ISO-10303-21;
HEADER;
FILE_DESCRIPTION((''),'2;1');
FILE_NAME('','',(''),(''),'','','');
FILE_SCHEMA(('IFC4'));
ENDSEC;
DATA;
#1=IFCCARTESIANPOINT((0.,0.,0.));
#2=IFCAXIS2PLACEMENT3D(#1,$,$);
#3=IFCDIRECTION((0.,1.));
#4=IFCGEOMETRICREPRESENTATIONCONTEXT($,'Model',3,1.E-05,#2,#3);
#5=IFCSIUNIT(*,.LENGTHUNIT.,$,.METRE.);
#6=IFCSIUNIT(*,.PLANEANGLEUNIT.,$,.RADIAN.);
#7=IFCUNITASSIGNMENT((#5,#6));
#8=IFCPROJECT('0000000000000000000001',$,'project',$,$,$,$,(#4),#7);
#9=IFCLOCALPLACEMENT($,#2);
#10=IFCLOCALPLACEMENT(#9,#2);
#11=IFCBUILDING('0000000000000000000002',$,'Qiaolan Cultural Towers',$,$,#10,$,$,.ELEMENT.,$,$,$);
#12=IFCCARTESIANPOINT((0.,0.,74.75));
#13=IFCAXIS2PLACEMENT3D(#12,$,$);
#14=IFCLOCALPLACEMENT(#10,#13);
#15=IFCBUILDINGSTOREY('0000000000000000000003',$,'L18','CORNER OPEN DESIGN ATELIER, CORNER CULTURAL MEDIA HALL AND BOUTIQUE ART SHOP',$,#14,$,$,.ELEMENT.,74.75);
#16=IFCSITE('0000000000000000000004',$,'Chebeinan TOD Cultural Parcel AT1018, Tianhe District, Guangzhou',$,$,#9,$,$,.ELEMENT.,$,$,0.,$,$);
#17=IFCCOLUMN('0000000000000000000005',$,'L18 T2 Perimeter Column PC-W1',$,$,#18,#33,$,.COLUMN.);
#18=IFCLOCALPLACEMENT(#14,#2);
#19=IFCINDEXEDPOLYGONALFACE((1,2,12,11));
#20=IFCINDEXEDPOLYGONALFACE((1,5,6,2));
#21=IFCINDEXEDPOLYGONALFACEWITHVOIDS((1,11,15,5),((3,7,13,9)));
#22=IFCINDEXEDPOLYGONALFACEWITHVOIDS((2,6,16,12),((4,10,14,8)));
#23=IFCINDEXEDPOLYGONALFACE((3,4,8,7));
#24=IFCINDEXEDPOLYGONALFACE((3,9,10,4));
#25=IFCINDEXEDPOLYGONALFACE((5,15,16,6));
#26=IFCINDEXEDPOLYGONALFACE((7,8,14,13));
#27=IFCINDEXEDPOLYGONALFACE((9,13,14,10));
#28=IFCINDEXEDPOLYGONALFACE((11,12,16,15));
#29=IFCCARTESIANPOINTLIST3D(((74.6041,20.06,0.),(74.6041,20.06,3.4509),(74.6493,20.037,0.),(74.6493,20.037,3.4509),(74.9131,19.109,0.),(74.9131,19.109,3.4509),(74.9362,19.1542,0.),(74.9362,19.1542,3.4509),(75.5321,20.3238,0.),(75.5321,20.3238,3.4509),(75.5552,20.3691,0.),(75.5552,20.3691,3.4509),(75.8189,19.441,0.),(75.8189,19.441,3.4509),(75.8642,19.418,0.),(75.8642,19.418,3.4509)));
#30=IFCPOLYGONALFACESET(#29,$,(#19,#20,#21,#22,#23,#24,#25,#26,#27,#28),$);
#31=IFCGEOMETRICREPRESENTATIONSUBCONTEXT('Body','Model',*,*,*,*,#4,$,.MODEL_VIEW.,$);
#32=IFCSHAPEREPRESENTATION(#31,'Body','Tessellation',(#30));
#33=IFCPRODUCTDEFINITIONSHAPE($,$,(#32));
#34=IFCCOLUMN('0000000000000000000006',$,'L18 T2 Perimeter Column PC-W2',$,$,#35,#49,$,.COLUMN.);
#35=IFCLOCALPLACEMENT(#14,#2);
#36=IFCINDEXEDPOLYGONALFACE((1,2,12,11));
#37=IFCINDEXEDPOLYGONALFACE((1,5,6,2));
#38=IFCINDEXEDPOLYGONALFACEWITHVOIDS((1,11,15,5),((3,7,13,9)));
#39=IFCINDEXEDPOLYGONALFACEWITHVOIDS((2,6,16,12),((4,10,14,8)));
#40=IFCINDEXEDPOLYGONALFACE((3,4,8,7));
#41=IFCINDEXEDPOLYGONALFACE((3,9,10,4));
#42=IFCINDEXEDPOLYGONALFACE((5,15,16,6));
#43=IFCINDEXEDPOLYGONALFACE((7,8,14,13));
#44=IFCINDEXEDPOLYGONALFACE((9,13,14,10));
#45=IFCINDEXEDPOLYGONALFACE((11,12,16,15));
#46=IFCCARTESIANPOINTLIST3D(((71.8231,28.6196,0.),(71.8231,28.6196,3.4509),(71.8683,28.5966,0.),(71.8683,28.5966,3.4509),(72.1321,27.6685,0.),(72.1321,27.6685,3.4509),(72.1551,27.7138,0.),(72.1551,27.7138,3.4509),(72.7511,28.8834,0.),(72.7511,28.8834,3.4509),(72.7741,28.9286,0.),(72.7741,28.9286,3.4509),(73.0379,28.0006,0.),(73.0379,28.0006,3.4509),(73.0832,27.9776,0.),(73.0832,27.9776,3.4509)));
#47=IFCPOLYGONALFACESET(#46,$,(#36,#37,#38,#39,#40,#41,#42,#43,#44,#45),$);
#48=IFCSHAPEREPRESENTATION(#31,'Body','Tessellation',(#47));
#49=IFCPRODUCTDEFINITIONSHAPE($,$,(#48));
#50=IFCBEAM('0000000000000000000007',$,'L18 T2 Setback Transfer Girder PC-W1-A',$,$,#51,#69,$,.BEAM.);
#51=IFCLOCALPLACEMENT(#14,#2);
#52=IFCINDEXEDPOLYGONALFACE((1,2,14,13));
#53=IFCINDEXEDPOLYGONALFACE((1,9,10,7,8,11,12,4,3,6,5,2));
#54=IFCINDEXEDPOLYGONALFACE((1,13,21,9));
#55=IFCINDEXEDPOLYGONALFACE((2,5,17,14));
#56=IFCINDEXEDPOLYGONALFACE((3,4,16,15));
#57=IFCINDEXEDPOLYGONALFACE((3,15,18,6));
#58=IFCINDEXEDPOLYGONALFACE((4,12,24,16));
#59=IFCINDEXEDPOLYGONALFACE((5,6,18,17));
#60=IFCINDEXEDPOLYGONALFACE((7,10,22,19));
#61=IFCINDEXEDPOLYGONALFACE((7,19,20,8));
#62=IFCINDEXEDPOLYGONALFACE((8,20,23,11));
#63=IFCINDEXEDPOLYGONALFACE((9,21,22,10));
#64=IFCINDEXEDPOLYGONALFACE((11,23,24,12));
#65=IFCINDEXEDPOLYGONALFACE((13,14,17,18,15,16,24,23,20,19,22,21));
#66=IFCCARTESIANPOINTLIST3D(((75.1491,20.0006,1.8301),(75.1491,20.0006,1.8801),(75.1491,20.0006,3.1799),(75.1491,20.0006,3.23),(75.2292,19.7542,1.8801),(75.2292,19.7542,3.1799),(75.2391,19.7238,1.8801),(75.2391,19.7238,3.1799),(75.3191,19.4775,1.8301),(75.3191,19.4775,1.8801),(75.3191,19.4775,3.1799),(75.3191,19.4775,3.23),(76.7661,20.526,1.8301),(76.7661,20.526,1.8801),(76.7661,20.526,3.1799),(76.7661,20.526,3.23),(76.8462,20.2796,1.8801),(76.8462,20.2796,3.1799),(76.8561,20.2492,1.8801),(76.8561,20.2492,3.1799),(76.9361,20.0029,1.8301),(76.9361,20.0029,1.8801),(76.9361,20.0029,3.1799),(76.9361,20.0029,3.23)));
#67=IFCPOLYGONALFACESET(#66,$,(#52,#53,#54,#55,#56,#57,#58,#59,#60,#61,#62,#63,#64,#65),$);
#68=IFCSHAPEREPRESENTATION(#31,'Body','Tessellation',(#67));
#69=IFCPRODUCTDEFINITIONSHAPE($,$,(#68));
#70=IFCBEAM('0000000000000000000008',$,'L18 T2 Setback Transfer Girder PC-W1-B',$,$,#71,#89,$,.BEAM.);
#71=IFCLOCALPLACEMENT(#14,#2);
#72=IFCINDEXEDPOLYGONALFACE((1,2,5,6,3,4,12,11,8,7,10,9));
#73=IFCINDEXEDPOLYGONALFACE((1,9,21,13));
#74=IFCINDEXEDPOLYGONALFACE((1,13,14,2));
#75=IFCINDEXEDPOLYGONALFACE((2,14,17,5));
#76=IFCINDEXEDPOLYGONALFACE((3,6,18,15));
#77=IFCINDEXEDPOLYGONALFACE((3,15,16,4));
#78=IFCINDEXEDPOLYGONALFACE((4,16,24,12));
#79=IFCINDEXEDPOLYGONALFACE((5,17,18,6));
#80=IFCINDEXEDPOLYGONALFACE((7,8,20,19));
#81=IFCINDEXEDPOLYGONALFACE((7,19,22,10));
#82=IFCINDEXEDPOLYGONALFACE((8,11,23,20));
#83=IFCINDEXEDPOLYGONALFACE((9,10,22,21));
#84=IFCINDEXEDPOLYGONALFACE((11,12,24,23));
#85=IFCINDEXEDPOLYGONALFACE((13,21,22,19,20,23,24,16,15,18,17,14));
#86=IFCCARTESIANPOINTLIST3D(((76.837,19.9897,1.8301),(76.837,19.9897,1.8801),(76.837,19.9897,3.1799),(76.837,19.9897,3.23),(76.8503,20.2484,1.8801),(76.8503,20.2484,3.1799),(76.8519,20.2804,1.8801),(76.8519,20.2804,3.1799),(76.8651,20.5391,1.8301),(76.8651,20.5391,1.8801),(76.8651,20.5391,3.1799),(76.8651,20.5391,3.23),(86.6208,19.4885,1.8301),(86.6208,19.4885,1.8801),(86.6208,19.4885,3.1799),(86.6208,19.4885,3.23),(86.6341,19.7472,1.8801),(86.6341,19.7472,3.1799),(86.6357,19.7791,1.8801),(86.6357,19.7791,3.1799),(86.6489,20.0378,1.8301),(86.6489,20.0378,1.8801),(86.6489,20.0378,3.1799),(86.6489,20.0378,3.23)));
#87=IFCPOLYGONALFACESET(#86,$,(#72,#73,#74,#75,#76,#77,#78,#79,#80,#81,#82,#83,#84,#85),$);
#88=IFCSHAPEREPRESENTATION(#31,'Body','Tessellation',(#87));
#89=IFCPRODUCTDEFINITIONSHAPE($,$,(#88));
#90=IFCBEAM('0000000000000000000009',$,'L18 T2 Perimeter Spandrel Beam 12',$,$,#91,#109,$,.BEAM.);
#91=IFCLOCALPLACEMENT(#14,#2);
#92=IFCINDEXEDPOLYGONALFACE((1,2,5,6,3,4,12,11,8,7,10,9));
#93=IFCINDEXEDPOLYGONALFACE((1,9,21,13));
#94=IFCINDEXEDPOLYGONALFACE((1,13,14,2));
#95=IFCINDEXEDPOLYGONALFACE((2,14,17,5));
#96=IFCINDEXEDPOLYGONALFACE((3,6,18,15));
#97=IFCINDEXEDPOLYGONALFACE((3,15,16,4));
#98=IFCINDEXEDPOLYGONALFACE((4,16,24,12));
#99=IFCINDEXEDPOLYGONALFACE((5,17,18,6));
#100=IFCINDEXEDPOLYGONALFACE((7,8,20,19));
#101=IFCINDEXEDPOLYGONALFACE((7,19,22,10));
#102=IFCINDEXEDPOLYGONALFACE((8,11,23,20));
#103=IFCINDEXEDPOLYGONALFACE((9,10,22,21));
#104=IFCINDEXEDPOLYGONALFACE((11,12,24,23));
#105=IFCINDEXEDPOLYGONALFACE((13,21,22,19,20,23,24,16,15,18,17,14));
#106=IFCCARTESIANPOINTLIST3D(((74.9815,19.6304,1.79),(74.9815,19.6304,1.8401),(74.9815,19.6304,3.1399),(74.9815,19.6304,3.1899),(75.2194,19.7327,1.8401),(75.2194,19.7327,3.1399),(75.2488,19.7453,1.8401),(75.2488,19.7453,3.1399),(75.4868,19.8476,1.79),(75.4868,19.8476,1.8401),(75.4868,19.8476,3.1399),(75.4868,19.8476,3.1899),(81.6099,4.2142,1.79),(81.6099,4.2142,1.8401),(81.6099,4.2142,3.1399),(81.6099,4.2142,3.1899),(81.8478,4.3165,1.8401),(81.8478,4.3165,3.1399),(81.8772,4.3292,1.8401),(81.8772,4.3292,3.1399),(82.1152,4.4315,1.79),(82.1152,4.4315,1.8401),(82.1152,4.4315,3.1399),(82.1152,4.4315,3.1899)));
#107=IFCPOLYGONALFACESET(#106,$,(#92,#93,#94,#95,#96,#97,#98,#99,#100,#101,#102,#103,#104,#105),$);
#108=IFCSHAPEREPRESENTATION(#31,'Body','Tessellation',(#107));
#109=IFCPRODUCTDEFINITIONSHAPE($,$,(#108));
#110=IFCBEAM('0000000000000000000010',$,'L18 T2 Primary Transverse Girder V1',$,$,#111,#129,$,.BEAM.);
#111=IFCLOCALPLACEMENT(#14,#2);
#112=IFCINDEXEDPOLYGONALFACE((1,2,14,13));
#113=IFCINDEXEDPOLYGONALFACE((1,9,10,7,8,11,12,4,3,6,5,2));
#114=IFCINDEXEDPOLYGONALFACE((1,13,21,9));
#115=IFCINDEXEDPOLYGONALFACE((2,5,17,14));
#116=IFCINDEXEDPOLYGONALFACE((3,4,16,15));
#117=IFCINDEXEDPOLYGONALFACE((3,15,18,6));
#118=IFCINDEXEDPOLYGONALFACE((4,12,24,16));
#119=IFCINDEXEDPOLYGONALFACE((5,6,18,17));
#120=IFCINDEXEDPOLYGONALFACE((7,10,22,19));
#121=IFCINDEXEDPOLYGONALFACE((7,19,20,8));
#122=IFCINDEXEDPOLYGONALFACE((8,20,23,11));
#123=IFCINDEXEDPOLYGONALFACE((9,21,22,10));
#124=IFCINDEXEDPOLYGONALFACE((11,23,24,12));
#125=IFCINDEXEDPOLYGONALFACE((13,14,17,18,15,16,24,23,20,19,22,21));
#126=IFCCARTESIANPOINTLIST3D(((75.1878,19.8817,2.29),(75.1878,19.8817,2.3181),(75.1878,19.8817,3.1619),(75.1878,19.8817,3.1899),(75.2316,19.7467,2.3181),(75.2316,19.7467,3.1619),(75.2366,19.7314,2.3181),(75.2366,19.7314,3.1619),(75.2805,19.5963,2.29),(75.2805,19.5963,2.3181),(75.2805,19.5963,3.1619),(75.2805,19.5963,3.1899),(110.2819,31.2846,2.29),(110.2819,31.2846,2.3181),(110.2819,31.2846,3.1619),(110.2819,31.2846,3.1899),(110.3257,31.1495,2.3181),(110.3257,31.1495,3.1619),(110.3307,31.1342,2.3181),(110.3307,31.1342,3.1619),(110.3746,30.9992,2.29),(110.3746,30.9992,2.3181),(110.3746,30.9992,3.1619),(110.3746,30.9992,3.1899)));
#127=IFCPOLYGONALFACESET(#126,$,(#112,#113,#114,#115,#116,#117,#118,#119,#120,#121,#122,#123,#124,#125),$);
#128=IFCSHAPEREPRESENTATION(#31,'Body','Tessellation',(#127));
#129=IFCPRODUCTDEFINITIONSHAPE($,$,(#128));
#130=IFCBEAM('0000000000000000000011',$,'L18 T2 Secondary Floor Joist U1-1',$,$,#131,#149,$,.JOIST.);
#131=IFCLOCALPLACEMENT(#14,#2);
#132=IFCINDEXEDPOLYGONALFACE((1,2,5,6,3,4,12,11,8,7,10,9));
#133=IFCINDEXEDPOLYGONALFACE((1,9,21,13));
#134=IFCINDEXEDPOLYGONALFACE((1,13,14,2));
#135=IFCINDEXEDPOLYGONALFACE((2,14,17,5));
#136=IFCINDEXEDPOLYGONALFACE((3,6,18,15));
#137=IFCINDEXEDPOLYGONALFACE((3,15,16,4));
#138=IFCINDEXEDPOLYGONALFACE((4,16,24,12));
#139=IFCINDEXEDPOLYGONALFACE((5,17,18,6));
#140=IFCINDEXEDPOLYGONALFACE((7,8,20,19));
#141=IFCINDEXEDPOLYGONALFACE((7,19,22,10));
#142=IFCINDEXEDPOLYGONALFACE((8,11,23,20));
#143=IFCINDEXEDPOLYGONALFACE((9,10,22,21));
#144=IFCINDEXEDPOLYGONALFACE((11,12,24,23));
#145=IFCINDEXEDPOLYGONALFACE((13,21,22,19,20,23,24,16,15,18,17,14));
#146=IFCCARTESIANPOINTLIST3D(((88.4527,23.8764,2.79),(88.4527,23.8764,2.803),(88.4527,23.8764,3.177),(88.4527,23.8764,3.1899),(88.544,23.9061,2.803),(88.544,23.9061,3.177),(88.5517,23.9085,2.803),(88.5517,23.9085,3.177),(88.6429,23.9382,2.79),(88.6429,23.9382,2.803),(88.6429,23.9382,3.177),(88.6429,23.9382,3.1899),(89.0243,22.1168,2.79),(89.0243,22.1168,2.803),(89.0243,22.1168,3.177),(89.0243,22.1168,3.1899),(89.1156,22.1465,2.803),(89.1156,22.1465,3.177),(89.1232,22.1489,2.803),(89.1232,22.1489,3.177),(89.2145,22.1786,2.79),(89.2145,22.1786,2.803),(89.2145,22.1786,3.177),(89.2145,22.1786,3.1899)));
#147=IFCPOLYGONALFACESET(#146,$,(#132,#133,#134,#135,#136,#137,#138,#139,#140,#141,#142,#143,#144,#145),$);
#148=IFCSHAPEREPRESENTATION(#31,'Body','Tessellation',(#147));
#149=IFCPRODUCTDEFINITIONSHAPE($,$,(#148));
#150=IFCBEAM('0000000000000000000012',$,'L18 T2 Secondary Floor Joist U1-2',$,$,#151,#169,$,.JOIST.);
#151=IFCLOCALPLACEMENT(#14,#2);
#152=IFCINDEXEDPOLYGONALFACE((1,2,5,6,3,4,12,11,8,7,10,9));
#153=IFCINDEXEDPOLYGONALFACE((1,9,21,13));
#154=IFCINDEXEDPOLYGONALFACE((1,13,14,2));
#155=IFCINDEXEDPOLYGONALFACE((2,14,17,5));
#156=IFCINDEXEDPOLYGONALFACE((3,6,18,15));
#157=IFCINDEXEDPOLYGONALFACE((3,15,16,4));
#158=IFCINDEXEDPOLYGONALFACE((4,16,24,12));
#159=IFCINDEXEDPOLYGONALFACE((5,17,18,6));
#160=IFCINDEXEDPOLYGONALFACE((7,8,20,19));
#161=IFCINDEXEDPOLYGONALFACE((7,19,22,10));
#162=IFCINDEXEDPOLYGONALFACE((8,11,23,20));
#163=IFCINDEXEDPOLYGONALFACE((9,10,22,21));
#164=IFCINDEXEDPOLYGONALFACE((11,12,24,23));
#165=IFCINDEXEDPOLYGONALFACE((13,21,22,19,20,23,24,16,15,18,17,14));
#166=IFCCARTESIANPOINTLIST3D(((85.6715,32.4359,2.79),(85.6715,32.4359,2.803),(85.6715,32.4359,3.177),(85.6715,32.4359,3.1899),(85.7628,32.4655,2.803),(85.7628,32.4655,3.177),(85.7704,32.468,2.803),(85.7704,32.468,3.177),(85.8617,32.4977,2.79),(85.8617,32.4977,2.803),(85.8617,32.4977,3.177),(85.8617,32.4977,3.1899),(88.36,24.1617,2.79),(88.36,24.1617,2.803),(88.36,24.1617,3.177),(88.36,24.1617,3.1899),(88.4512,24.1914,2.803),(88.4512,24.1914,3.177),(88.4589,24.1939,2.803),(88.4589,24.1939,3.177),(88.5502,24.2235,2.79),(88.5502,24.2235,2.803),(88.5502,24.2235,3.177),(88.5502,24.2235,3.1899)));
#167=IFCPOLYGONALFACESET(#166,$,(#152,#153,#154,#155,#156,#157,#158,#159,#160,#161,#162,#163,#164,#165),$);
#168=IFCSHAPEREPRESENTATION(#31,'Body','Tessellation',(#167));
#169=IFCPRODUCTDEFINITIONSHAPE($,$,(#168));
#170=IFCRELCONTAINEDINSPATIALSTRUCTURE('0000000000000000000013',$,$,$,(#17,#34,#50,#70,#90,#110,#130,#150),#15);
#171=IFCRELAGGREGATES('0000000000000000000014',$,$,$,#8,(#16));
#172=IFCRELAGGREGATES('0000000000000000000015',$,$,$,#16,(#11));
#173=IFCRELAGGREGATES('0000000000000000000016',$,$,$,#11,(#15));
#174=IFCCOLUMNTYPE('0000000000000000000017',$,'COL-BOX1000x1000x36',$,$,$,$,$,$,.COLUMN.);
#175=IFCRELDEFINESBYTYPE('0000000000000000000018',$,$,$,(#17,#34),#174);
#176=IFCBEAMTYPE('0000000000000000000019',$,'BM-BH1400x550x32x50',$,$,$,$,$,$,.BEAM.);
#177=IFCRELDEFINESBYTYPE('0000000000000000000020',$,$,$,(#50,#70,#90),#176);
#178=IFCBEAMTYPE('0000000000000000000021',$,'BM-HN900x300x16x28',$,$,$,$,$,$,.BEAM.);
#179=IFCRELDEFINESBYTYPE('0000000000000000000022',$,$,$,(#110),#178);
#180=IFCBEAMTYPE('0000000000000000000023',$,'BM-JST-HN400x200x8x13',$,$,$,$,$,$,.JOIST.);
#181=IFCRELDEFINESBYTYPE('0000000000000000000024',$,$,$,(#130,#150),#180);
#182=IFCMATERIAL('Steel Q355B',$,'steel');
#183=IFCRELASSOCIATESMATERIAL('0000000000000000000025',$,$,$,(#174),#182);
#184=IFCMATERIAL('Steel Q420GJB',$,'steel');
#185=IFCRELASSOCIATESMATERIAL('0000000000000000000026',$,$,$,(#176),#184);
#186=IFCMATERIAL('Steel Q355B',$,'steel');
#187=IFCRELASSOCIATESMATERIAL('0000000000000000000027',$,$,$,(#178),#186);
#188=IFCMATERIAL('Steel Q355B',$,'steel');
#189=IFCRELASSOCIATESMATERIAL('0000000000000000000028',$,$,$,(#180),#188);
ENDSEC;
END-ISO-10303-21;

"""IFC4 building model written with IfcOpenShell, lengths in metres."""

from ifc_helpers import new_model, si_unit, direction, frame, origin, origin_2d, place, context, subcontext, project, spatial, hollow_rectangle, i_section, extrude, material, material_profile, profile_set, type_object, element, save


model = new_model("IFC4")

# Units and contexts
model_context = context("Model", 3, precision=1e-05, world=origin(), true_north=direction((0.0, 1.0)))
body_context = subcontext(model_context, "Body", "Model", "MODEL_VIEW")
ifc_project = project(units=[si_unit("LENGTHUNIT", "METRE"), si_unit("PLANEANGLEUNIT", "RADIAN")], contexts=[model_context])

# Site, building, storey
site_placement = place(None, origin())
site = spatial("IfcSite", under=ifc_project, at=site_placement, Name="Chebeinan TOD Cultural Parcel AT1018, Tianhe District, Guangzhou", CompositionType="ELEMENT", RefElevation=0.0)
building_placement = place(site_placement, origin())
building = spatial("IfcBuilding", under=site, at=building_placement, Name="Qiaolan Cultural Towers", CompositionType="ELEMENT")
storey_placement = place(building_placement, frame((0.0, 0.0, 74.75)))
storey = spatial("IfcBuildingStorey", under=building, at=storey_placement, Name="L18", Description="CORNER OPEN DESIGN ATELIER, CORNER CULTURAL MEDIA HALL AND BOUTIQUE ART SHOP", CompositionType="ELEMENT", Elevation=74.75)

# Columns
ifc_material_1 = material(Name="Steel Q355B", Category="steel")
ifc_material_profile_1 = material_profile(ifc_material_1, hollow_rectangle(XDim=1.0, YDim=1.0, WallThickness=0.0359, at=origin_2d()), Name="BOX1000x1000x36")
ifc_profile_set_1 = profile_set([ifc_material_profile_1], Name="Steel Q355B")
column_type = type_object("IfcColumnType", Name="COL-BOX1000x1000x36", PredefinedType="COLUMN", material=ifc_profile_set_1)
for number, where, z_axis, x_axis, name in (
    (1, (75.2341, 19.739, 0.0), (0.0, 0.0, 1.0), (0.951057, 0.309017, 0.0), "L18 T2 Perimeter Column PC-W1"),
    (2, (72.4531, 28.2986, 0.0), (0.0, 0.0, 1.0), (0.951057, 0.309017, 0.0), "L18 T2 Perimeter Column PC-W2"),
):
    element("IfcColumn", number, at=place(storey_placement, frame(where, z_axis=z_axis, x_axis=x_axis)), inside=storey, type_object=column_type, Name=name, PredefinedType="COLUMN", context=body_context, shape_type="SweptSolid", body=[
        extrude(hollow_rectangle(XDim=1.0, YDim=1.0, WallThickness=0.0359, at=origin_2d()), origin(), (0.0, 0.0, 1.0), 3.4509),
    ])

# Beams
ifc_material_2 = material(Name="Steel Q420GJB", Category="steel")
ifc_material_profile_2 = material_profile(ifc_material_2, i_section(OverallWidth=0.55, OverallDepth=1.3999, WebThickness=0.032, FlangeThickness=0.05, at=origin_2d()), Name="BH1400x550x32x50")
ifc_profile_set_2 = profile_set([ifc_material_profile_2], Name="Steel Q420GJB")
beam_type_1 = type_object("IfcBeamType", Name="BM-BH1400x550x32x50", PredefinedType="BEAM", material=ifc_profile_set_2)
beam_1_placement = place(storey_placement, frame((75.2341, 19.739, 2.53), z_axis=(0.951054, 0.309024, 0.0), x_axis=(-0.309024, 0.951054, 0.0)))
element("IfcBeam", 3, at=beam_1_placement, inside=storey, type_object=beam_type_1, Name="L18 T2 Setback Transfer Girder PC-W1-A", PredefinedType="BEAM", context=body_context, shape_type="SweptSolid", body=[
    extrude(i_section(OverallWidth=0.55, OverallDepth=1.3999, WebThickness=0.032, FlangeThickness=0.05, at=origin_2d()), origin(), (0.0, 0.0, 1.0), 1.7002),
])
beam_2_placement = place(storey_placement, frame((76.8511, 20.2644, 2.53), z_axis=(0.99869, -0.051163, 0.0), x_axis=(0.051163, 0.99869, 0.0)))
element("IfcBeam", 4, at=beam_2_placement, inside=storey, type_object=beam_type_1, Name="L18 T2 Setback Transfer Girder PC-W1-B", PredefinedType="BEAM", context=body_context, shape_type="SweptSolid", body=[
    extrude(i_section(OverallWidth=0.55, OverallDepth=1.3999, WebThickness=0.032, FlangeThickness=0.05, at=origin_2d()), origin(), (0.0, 0.0, 1.0), 9.7966),
])
beam_3_placement = place(storey_placement, frame((75.2341, 19.739, 2.49), z_axis=(0.394999, -0.918682, 0.0), x_axis=(0.918682, 0.394999, 0.0)))
element("IfcBeam", 5, at=beam_3_placement, inside=storey, type_object=beam_type_1, Name="L18 T2 Perimeter Spandrel Beam 12", PredefinedType="BEAM", context=body_context, shape_type="SweptSolid", body=[
    extrude(i_section(OverallWidth=0.55, OverallDepth=1.3999, WebThickness=0.032, FlangeThickness=0.05, at=origin_2d()), origin(), (0.0, 0.0, 1.0), 16.7808),
])
ifc_material_3 = material(Name="Steel Q355B", Category="steel")
ifc_material_profile_3 = material_profile(ifc_material_3, i_section(OverallWidth=0.3, OverallDepth=0.8999, WebThickness=0.0161, FlangeThickness=0.0281, at=origin_2d()), Name="HN900x300x16x28")
ifc_profile_set_3 = profile_set([ifc_material_profile_3], Name="Steel Q355B")
beam_type_2 = type_object("IfcBeamType", Name="BM-HN900x300x16x28", PredefinedType="BEAM", material=ifc_profile_set_3)
beam_4_placement = place(storey_placement, frame((75.2341, 19.739, 2.74), z_axis=(0.951056, 0.309019, 0.0), x_axis=(-0.309019, 0.951056, 0.0)))
element("IfcBeam", 6, at=beam_4_placement, inside=storey, type_object=beam_type_2, Name="L18 T2 Primary Transverse Girder V1", PredefinedType="BEAM", context=body_context, shape_type="SweptSolid", body=[
    extrude(i_section(OverallWidth=0.3, OverallDepth=0.8999, WebThickness=0.0161, FlangeThickness=0.0281, at=origin_2d()), origin(), (0.0, 0.0, 1.0), 36.9001),
])
ifc_material_4 = material(Name="Steel Q355B", Category="steel")
ifc_material_profile_4 = material_profile(ifc_material_4, i_section(OverallWidth=0.2, OverallDepth=0.3999, WebThickness=0.0081, FlangeThickness=0.0129, at=origin_2d()), Name="HN400x200x8x13")
ifc_profile_set_4 = profile_set([ifc_material_profile_4], Name="Steel Q355B")
beam_type_3 = type_object("IfcBeamType", Name="BM-JST-HN400x200x8x13", PredefinedType="JOIST", material=ifc_profile_set_4)
beam_5_placement = place(storey_placement, frame((89.1194, 22.1477, 2.99), z_axis=(-0.308934, 0.951084, 0.0), x_axis=(-0.951084, -0.308934, 0.0)))
element("IfcBeam", 7, at=beam_5_placement, inside=storey, type_object=beam_type_3, Name="L18 T2 Secondary Floor Joist U1-1", PredefinedType="JOIST", context=body_context, shape_type="SweptSolid", body=[
    extrude(i_section(OverallWidth=0.2, OverallDepth=0.3999, WebThickness=0.0081, FlangeThickness=0.0129, at=origin_2d()), origin(), (0.0, 0.0, 1.0), 1.8501),
])
beam_6_placement = place(storey_placement, frame((88.4551, 24.1926, 2.99), z_axis=(-0.309021, 0.951055, 0.0), x_axis=(-0.951055, -0.309021, 0.0)))
element("IfcBeam", 8, at=beam_6_placement, inside=storey, type_object=beam_type_3, Name="L18 T2 Secondary Floor Joist U1-2", PredefinedType="JOIST", context=body_context, shape_type="SweptSolid", body=[
    extrude(i_section(OverallWidth=0.2, OverallDepth=0.3999, WebThickness=0.0081, FlangeThickness=0.0129, at=origin_2d()), origin(), (0.0, 0.0, 1.0), 8.7),
])

save(model, "model.ifc")
